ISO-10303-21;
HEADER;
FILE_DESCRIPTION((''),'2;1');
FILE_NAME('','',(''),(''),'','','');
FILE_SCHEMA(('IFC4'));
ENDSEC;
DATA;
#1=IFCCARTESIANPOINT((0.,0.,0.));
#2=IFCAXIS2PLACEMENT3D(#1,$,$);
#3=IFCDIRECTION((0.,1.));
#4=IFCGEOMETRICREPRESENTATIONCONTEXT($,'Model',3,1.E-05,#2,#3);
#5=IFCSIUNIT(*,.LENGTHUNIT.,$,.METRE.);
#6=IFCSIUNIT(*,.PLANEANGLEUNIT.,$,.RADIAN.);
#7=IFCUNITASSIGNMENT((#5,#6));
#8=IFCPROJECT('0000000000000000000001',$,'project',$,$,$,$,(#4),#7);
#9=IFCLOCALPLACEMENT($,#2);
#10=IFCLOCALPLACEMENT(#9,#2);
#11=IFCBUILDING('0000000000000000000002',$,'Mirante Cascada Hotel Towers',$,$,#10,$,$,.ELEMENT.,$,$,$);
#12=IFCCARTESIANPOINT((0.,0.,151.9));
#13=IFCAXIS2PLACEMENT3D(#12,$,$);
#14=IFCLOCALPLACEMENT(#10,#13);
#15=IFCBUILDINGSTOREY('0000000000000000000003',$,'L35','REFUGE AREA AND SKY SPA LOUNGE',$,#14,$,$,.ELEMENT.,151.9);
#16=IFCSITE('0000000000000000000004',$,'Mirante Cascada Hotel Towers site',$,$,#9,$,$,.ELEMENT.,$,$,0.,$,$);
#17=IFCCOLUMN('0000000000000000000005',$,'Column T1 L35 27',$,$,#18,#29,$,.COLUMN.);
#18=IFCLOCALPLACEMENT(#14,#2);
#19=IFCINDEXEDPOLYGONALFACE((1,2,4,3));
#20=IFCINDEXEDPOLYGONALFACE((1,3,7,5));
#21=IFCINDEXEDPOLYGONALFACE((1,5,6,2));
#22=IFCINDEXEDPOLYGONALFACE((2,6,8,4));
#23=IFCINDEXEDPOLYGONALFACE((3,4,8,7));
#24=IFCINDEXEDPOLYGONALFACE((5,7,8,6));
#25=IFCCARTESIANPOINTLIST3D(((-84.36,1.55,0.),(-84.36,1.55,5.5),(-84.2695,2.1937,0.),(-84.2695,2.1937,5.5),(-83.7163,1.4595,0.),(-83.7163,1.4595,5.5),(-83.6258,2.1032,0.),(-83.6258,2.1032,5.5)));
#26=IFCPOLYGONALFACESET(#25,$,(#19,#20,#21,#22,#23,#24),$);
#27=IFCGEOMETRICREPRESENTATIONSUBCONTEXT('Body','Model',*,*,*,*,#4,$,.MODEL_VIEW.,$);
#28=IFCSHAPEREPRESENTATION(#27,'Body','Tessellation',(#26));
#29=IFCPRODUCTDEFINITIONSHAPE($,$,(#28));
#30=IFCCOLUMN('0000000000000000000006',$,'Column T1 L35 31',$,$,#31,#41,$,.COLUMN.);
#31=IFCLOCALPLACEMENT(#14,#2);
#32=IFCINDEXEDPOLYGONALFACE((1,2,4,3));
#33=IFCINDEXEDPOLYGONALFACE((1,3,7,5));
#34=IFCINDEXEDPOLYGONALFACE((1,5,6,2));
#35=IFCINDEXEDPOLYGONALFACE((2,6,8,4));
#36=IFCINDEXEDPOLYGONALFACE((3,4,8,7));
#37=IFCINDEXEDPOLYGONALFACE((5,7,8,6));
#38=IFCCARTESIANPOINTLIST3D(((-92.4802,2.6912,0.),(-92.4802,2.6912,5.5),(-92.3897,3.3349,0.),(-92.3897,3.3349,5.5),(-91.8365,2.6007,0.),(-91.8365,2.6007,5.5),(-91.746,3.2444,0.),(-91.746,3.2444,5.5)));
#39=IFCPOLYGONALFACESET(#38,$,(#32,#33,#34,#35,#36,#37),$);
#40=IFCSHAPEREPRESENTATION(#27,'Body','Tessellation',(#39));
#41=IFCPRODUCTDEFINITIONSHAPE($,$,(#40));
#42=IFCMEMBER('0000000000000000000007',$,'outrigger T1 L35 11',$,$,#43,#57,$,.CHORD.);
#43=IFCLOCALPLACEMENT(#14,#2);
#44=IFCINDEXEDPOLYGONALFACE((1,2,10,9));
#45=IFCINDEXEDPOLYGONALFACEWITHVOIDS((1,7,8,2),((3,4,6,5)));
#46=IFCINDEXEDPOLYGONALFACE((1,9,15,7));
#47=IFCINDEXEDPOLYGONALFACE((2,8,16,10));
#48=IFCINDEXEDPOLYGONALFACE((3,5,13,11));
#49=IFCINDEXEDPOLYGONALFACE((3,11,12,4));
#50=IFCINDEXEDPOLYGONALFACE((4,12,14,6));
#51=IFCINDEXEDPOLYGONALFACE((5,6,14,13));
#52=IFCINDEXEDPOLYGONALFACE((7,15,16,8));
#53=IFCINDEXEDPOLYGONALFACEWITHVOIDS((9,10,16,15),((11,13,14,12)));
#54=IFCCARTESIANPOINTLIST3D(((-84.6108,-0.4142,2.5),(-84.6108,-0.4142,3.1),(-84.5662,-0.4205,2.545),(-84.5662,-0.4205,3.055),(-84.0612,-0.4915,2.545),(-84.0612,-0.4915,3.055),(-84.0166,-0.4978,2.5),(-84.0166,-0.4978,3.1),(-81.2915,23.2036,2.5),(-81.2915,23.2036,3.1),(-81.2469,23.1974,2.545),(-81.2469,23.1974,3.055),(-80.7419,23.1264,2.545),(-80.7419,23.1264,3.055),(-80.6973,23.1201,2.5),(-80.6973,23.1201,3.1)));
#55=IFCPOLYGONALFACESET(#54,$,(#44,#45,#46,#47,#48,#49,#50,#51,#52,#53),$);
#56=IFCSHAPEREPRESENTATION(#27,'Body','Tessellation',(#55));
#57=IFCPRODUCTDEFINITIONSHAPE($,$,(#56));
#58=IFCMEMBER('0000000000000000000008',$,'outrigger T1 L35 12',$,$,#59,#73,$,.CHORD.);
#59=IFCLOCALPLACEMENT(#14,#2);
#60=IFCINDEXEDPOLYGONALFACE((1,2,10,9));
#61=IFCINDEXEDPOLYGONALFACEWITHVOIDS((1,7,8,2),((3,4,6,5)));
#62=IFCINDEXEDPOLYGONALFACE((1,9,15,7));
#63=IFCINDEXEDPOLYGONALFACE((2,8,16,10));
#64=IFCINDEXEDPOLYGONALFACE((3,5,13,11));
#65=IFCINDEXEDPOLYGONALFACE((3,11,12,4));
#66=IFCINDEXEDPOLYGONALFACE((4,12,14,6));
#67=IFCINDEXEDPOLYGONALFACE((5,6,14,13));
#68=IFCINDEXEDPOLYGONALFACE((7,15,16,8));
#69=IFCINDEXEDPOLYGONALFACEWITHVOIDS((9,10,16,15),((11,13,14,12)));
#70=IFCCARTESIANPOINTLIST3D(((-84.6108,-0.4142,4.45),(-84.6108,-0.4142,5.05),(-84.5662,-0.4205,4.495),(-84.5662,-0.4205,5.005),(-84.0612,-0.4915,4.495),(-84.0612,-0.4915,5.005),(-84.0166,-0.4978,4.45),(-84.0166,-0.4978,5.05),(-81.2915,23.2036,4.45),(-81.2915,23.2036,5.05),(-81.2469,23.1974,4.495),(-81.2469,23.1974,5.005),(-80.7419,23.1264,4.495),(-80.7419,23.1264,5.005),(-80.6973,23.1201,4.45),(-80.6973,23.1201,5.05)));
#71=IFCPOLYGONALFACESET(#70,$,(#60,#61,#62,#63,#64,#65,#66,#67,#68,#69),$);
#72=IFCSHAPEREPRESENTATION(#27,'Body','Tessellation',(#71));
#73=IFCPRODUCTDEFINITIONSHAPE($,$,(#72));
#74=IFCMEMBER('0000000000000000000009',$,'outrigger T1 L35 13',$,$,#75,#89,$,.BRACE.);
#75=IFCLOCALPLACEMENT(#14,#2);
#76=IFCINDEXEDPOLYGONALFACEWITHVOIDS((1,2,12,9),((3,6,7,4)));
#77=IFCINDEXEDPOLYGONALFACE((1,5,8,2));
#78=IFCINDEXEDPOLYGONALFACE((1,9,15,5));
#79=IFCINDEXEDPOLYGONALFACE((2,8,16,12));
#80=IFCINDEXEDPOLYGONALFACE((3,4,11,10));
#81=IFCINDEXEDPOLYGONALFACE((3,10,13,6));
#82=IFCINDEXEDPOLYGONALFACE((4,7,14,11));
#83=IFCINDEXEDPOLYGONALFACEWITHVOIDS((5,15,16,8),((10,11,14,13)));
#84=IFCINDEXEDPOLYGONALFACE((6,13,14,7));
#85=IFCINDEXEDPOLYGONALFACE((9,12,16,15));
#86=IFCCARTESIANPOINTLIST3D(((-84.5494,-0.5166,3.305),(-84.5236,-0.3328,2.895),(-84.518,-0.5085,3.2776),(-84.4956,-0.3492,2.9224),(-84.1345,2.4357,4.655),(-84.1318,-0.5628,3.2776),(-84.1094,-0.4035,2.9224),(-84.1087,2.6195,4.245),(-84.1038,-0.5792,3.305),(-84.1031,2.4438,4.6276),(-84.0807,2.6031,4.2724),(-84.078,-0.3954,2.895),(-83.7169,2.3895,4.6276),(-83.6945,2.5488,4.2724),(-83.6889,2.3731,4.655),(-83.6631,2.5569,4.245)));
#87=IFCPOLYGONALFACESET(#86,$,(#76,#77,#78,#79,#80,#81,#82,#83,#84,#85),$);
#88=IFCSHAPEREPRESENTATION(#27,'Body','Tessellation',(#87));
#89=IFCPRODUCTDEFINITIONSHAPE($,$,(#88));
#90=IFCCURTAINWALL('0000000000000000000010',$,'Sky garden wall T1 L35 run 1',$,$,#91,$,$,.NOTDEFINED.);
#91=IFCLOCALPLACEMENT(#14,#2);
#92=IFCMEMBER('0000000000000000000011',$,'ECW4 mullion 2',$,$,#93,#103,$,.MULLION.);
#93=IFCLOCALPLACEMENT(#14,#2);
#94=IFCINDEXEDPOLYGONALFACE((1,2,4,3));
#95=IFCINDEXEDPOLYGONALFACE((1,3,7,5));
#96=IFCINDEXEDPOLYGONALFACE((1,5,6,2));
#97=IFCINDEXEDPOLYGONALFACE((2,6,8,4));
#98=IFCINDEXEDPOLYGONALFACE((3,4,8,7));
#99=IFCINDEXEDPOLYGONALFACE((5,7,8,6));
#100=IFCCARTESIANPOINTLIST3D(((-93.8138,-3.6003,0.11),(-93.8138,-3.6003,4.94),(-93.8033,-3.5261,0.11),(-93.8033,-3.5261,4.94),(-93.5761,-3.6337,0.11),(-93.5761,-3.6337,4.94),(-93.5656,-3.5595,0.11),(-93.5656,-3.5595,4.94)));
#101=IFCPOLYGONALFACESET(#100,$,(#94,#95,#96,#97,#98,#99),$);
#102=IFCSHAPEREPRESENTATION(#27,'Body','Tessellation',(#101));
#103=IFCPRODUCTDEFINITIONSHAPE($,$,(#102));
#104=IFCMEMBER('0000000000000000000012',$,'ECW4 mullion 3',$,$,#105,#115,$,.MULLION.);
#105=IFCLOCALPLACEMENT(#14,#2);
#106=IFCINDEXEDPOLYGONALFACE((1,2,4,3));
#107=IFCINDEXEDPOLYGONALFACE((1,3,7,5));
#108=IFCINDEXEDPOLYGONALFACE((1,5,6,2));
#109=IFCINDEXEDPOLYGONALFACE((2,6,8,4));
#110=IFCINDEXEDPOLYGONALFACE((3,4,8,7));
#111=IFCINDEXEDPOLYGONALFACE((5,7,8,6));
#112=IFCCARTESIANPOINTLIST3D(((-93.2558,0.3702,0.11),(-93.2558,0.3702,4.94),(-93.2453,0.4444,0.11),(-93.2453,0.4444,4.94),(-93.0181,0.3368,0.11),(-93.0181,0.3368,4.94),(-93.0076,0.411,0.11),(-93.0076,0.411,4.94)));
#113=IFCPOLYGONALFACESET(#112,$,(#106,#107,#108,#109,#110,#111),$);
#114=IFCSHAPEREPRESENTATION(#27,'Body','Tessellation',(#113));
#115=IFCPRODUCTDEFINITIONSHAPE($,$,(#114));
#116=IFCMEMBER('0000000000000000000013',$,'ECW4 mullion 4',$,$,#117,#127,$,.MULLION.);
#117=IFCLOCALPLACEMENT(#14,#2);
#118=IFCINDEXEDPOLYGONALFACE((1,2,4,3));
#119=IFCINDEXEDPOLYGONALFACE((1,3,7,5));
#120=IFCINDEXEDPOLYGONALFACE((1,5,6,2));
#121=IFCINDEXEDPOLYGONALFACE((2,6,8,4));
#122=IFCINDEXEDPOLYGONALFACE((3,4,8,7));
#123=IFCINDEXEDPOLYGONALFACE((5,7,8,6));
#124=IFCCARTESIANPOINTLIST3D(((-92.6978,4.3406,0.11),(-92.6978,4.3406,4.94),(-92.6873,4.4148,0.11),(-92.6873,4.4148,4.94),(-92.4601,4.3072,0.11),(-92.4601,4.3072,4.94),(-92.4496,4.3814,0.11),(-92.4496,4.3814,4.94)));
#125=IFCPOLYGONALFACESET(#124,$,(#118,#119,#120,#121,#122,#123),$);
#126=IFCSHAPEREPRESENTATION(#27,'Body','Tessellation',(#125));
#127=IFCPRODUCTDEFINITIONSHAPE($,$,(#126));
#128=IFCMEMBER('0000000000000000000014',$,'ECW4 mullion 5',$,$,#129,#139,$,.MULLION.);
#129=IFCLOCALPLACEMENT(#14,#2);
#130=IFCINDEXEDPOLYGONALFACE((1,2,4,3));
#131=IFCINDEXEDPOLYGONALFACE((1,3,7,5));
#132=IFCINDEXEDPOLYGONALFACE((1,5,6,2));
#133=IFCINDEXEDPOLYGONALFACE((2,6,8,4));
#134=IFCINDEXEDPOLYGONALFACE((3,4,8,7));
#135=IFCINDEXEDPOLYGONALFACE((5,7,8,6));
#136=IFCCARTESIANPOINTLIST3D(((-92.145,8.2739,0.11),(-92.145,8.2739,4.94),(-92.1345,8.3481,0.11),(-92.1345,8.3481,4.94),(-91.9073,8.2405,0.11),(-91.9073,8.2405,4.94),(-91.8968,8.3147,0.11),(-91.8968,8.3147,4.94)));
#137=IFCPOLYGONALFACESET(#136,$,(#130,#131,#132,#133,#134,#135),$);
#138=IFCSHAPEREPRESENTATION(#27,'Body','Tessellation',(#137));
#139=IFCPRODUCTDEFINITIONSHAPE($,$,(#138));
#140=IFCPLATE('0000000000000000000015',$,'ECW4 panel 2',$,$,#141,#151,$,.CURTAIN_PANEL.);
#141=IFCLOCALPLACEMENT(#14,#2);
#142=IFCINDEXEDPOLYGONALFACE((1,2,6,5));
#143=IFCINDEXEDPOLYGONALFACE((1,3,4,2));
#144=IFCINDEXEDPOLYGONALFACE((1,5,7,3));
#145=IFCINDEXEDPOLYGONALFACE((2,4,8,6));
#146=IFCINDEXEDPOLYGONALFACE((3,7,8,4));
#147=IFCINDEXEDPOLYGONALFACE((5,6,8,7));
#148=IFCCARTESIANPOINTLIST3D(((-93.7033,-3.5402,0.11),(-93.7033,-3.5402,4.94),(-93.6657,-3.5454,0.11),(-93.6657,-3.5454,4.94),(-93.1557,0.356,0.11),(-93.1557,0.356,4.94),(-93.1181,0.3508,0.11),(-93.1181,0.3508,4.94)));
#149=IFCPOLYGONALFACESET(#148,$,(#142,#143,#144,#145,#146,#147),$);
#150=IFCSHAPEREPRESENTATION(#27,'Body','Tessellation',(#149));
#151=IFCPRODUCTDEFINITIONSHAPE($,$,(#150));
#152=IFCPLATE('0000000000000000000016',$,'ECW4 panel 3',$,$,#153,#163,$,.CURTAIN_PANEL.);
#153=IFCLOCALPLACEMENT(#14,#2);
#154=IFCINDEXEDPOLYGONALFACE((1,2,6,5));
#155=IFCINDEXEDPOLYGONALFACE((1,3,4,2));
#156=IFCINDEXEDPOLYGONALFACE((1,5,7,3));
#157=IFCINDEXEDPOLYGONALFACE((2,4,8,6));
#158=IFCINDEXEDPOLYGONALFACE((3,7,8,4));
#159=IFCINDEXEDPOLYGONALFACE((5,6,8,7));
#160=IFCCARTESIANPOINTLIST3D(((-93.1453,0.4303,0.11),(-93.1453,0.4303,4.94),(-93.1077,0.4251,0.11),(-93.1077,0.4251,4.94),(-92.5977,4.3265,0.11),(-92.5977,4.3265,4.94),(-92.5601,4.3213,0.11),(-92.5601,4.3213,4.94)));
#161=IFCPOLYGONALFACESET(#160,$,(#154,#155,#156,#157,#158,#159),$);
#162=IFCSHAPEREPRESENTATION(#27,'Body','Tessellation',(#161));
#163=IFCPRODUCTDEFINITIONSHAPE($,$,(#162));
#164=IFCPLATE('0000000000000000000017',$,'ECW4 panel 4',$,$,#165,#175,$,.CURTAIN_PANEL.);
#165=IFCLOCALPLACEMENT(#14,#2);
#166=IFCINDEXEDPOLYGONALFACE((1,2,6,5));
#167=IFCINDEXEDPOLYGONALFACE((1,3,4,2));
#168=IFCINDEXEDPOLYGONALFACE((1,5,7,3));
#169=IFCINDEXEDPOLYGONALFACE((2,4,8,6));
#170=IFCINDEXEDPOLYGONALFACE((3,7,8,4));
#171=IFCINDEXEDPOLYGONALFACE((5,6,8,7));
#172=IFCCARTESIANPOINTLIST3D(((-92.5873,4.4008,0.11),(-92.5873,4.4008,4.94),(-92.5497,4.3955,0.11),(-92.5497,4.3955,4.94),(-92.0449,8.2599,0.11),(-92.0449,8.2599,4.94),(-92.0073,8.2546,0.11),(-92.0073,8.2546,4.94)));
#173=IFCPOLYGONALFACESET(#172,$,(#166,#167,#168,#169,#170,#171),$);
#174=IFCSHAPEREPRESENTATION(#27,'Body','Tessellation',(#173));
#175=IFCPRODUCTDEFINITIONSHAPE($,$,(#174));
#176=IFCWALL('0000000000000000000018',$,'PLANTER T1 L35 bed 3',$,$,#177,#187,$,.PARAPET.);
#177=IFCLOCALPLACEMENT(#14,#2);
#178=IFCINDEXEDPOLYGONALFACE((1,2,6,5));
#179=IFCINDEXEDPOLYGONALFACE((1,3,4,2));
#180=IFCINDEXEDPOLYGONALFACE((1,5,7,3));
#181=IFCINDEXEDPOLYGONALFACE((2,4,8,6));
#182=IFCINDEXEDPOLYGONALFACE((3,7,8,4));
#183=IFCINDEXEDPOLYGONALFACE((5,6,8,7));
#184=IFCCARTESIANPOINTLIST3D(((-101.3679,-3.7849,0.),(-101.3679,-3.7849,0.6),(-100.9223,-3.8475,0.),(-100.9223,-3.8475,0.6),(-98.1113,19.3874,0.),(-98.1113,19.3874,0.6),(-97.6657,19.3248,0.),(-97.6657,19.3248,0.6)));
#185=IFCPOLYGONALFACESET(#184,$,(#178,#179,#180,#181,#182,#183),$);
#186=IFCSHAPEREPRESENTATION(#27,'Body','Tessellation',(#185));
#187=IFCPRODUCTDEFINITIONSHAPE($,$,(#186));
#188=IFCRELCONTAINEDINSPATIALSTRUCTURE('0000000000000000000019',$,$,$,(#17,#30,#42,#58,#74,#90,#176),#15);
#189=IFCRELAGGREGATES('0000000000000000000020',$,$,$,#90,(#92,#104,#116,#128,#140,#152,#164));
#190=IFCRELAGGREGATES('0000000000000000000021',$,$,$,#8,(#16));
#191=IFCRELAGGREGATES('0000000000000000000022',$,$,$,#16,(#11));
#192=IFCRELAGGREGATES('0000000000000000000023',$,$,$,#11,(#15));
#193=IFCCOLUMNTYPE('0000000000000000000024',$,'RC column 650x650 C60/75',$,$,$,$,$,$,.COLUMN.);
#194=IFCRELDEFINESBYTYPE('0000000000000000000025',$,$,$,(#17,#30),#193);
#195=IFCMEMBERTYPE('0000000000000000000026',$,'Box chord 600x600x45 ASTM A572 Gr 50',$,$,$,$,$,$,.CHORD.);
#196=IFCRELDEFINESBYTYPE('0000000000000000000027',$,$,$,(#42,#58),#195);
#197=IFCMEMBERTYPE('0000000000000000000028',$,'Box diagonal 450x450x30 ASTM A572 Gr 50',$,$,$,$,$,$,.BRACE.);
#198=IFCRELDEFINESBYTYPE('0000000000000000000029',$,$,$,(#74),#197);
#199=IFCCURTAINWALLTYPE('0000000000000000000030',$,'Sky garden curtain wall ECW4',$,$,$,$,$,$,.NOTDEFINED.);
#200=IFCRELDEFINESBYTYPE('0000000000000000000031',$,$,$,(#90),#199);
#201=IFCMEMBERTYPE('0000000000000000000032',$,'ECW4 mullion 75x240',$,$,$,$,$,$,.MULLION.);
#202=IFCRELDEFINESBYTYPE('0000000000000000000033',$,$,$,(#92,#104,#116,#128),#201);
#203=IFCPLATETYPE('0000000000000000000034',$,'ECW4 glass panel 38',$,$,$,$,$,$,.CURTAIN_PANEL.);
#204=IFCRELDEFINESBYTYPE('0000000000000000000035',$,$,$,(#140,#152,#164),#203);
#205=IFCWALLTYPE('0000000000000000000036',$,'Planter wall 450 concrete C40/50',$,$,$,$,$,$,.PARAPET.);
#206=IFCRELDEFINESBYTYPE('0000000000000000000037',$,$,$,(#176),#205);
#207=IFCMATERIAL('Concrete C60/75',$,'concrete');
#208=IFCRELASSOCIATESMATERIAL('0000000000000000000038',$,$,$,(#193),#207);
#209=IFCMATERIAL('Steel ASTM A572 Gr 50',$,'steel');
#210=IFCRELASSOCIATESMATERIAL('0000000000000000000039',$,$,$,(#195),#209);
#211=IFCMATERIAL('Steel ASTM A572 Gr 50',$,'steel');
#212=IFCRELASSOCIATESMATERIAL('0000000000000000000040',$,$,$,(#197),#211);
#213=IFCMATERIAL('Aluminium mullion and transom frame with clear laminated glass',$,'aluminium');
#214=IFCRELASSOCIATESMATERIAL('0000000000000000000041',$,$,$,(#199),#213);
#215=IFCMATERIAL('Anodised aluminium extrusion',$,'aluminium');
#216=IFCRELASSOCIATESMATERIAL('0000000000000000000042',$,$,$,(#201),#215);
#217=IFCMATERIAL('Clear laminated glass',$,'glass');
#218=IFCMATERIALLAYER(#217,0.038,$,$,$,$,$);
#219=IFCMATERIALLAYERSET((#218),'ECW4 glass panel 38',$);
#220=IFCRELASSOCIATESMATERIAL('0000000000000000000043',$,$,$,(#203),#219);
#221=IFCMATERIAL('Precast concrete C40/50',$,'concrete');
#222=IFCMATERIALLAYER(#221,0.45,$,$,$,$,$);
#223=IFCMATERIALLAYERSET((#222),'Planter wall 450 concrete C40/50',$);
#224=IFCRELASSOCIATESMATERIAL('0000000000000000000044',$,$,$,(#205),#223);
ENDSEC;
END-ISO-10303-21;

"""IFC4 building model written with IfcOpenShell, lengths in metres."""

from ifc_helpers import new_model, si_unit, direction, frame, frame_2d, origin, origin_2d, place, context, subcontext, project, spatial, rectangle, hollow_rectangle, extrude, material, layer, layer_set, material_profile, profile_set, type_object, element, aggregate, save


model = new_model("IFC4")

# Units and contexts
model_context = context("Model", 3, precision=1e-05, world=origin(), true_north=direction((0.0, 1.0)))
body_context = subcontext(model_context, "Body", "Model", "MODEL_VIEW")
ifc_project = project(units=[si_unit("LENGTHUNIT", "METRE"), si_unit("PLANEANGLEUNIT", "RADIAN")], contexts=[model_context])

# Site, building, storey
site_placement = place(None, origin())
site = spatial("IfcSite", under=ifc_project, at=site_placement, Name="Mirante Cascada Hotel Towers site", CompositionType="ELEMENT", RefElevation=0.0)
building_placement = place(site_placement, origin())
building = spatial("IfcBuilding", under=site, at=building_placement, Name="Mirante Cascada Hotel Towers", CompositionType="ELEMENT")
storey_placement = place(building_placement, frame((0.0, 0.0, 151.9)))
storey = spatial("IfcBuildingStorey", under=building, at=storey_placement, Name="L35", Description="REFUGE AREA AND SKY SPA LOUNGE", CompositionType="ELEMENT", Elevation=151.9)

# Columns
ifc_material_1 = material(Name="Concrete C60/75", Category="concrete")
ifc_material_profile_1 = material_profile(ifc_material_1, rectangle(XDim=0.65, YDim=0.65, at=origin_2d()), Name="RC column 650x650 C60/75")
ifc_profile_set_1 = profile_set([ifc_material_profile_1], Name="Concrete C60/75")
column_type = type_object("IfcColumnType", Name="RC column 650x650 C60/75", PredefinedType="COLUMN", material=ifc_profile_set_1)
for number, where, z_axis, x_axis, name in (
    (1, (-83.9929, 1.8266, 0.0), (0.0, 0.0, 1.0), (-0.990268, 0.139173, 0.0), "Column T1 L35 27"),
    (2, (-92.1131, 2.9678, 0.0), (0.0, 0.0, 1.0), (-0.990268, 0.139173, 0.0), "Column T1 L35 31"),
):
    element("IfcColumn", number, at=place(storey_placement, frame(where, z_axis=z_axis, x_axis=x_axis)), inside=storey, type_object=column_type, Name=name, PredefinedType="COLUMN", context=body_context, shape_type="SweptSolid", body=[
        extrude(rectangle(XDim=0.65, YDim=0.65, at=origin_2d()), origin(), (0.0, 0.0, 1.0), 5.5),
    ])

# Members
ifc_material_2 = material(Name="Steel ASTM A572 Gr 50", Category="steel")
ifc_material_profile_2 = material_profile(ifc_material_2, hollow_rectangle(XDim=0.6, YDim=0.6, WallThickness=0.045, at=origin_2d()), Name="Box chord 600x600x45 ASTM A572 Gr 50")
ifc_profile_set_2 = profile_set([ifc_material_profile_2], Name="Steel ASTM A572 Gr 50")
member_type_1 = type_object("IfcMemberType", Name="Box chord 600x600x45 ASTM A572 Gr 50", PredefinedType="CHORD", material=ifc_profile_set_2)
for number, where, z_axis, x_axis, name in (
    (3, (-84.3137, -0.456, 2.8), (0.139174, 0.990268, 0.0), (-0.990268, 0.139174, 0.0), "outrigger T1 L35 11"),
    (4, (-84.3137, -0.456, 4.75), (0.139174, 0.990268, 0.0), (-0.990268, 0.139174, 0.0), "outrigger T1 L35 12"),
):
    element("IfcMember", number, at=place(storey_placement, frame(where, z_axis=z_axis, x_axis=x_axis)), inside=storey, type_object=member_type_1, Name=name, PredefinedType="CHORD", context=body_context, shape_type="SweptSolid", body=[
        extrude(hollow_rectangle(XDim=0.6, YDim=0.6, WallThickness=0.045, at=origin_2d()), origin(), (0.0, 0.0, 1.0), 23.85),
    ])
ifc_material_3 = material(Name="Steel ASTM A572 Gr 50", Category="steel")
ifc_material_profile_3 = material_profile(ifc_material_3, hollow_rectangle(XDim=0.45, YDim=0.45, WallThickness=0.03, at=origin_2d()), Name="Box diagonal 450x450x30 ASTM A572 Gr 50")
ifc_profile_set_3 = profile_set([ifc_material_profile_3], Name="Steel ASTM A572 Gr 50")
member_type_2 = type_object("IfcMemberType", Name="Box diagonal 450x450x30 ASTM A572 Gr 50", PredefinedType="BRACE", material=ifc_profile_set_3)
member_1_placement = place(storey_placement, frame((-84.3137, -0.456, 3.1), z_axis=(0.126775, 0.902093, 0.4125), x_axis=(-0.990269, 0.139167, 0.0)))
element("IfcMember", 5, at=member_1_placement, inside=storey, type_object=member_type_2, Name="outrigger T1 L35 13", PredefinedType="BRACE", context=body_context, shape_type="SweptSolid", body=[
    extrude(hollow_rectangle(XDim=0.45, YDim=0.45, WallThickness=0.03, at=origin_2d()), origin(), (0.0, 0.0, 1.0), 3.2727),
])

# Curtain wall, members, plates
ifc_material_4 = material(Name="Aluminium mullion and transom frame with clear laminated glass", Category="aluminium")
curtain_wall_type = type_object("IfcCurtainWallType", Name="Sky garden curtain wall ECW4", PredefinedType="NOTDEFINED", material=ifc_material_4)
curtain_wall_placement = place(storey_placement, origin())
curtain_wall = element("IfcCurtainWall", 6, at=curtain_wall_placement, inside=storey, type_object=curtain_wall_type, Name="Sky garden wall T1 L35 run 1", PredefinedType="NOTDEFINED")
ifc_material_5 = material(Name="Anodised aluminium extrusion", Category="aluminium")
ifc_material_profile_4 = material_profile(ifc_material_5, rectangle(XDim=0.24, YDim=0.075, at=origin_2d()), Name="ECW4 MULLION 75x240")
ifc_profile_set_4 = profile_set([ifc_material_profile_4], Name="Anodised aluminium extrusion")
member_type_3 = type_object("IfcMemberType", Name="ECW4 mullion 75x240", PredefinedType="MULLION", material=ifc_profile_set_4)
member_2_placement = place(storey_placement, frame((-93.6897, -3.5799, 0.11), z_axis=(0.0, 0.0, 1.0), x_axis=(-0.990268, 0.139173, 0.0)))
member_2 = element("IfcMember", 7, at=member_2_placement, type_object=member_type_3, Name="ECW4 mullion 2", PredefinedType="MULLION", context=body_context, shape_type="SweptSolid", body=[
    extrude(rectangle(XDim=0.24, YDim=0.075, at=origin_2d()), origin(), (0.0, 0.0, 1.0), 4.83),
])
member_3_placement = place(storey_placement, frame((-93.1317, 0.3906, 0.11), z_axis=(0.0, 0.0, 1.0), x_axis=(-0.990268, 0.139173, 0.0)))
member_3 = element("IfcMember", 8, at=member_3_placement, type_object=member_type_3, Name="ECW4 mullion 3", PredefinedType="MULLION", context=body_context, shape_type="SweptSolid", body=[
    extrude(rectangle(XDim=0.24, YDim=0.075, at=origin_2d()), origin(), (0.0, 0.0, 1.0), 4.83),
])
member_4_placement = place(storey_placement, frame((-92.5737, 4.361, 0.11), z_axis=(0.0, 0.0, 1.0), x_axis=(-0.990268, 0.139173, 0.0)))
member_4 = element("IfcMember", 9, at=member_4_placement, type_object=member_type_3, Name="ECW4 mullion 4", PredefinedType="MULLION", context=body_context, shape_type="SweptSolid", body=[
    extrude(rectangle(XDim=0.24, YDim=0.075, at=origin_2d()), origin(), (0.0, 0.0, 1.0), 4.83),
])
member_5_placement = place(storey_placement, frame((-92.0209, 8.2943, 0.11), z_axis=(0.0, 0.0, 1.0), x_axis=(-0.990268, 0.139173, 0.0)))
member_5 = element("IfcMember", 10, at=member_5_placement, type_object=member_type_3, Name="ECW4 mullion 5", PredefinedType="MULLION", context=body_context, shape_type="SweptSolid", body=[
    extrude(rectangle(XDim=0.24, YDim=0.075, at=origin_2d()), origin(), (0.0, 0.0, 1.0), 4.83),
])
ifc_material_6 = material(Name="Clear laminated glass", Category="glass")
ifc_layer_1 = layer(ifc_material_6, 0.038)
ifc_layer_set_1 = layer_set([ifc_layer_1], Name="ECW4 glass panel 38")
plate_type = type_object("IfcPlateType", Name="ECW4 glass panel 38", PredefinedType="CURTAIN_PANEL", material=ifc_layer_set_1)
plate_1_placement = place(storey_placement, frame((-93.4107, -1.5947, 0.11), z_axis=(0.0, 0.0, 1.0), x_axis=(0.139173, 0.990268, 0.0)))
plate_1 = element("IfcPlate", 11, at=plate_1_placement, type_object=plate_type, Name="ECW4 panel 2", PredefinedType="CURTAIN_PANEL", context=body_context, shape_type="SweptSolid", body=[
    extrude(rectangle(XDim=3.9345, YDim=0.038, at=origin_2d()), origin(), (0.0, 0.0, 1.0), 4.83),
])
plate_2_placement = place(storey_placement, frame((-92.8527, 2.3758, 0.11), z_axis=(0.0, 0.0, 1.0), x_axis=(0.139173, 0.990268, 0.0)))
plate_2 = element("IfcPlate", 12, at=plate_2_placement, type_object=plate_type, Name="ECW4 panel 3", PredefinedType="CURTAIN_PANEL", context=body_context, shape_type="SweptSolid", body=[
    extrude(rectangle(XDim=3.9345, YDim=0.038, at=origin_2d()), origin(), (0.0, 0.0, 1.0), 4.83),
])
plate_3_placement = place(storey_placement, frame((-92.2973, 6.3277, 0.11), z_axis=(0.0, 0.0, 1.0), x_axis=(0.139173, 0.990268, 0.0)))
plate_3 = element("IfcPlate", 13, at=plate_3_placement, type_object=plate_type, Name="ECW4 panel 4", PredefinedType="CURTAIN_PANEL", context=body_context, shape_type="SweptSolid", body=[
    extrude(rectangle(XDim=3.897, YDim=0.038, at=origin_2d()), origin(), (0.0, 0.0, 1.0), 4.83),
])
aggregate(curtain_wall, [member_2, member_3, member_4, member_5, plate_1, plate_2, plate_3])

# Wall
ifc_material_7 = material(Name="Precast concrete C40/50", Category="concrete")
ifc_layer_2 = layer(ifc_material_7, 0.45)
ifc_layer_set_2 = layer_set([ifc_layer_2], Name="Planter wall 450 concrete C40/50")
wall_type_1 = type_object("IfcWallType", Name="Planter wall 450 concrete C40/50", PredefinedType="PARAPET", material=ifc_layer_set_2)
wall_1_placement = place(storey_placement, frame((-101.1451, -3.8162, 0.0), z_axis=(0.0, 0.0, 1.0), x_axis=(0.139171, 0.990268, 0.0)))
element("IfcWall", 14, at=wall_1_placement, inside=storey, type_object=wall_type_1, Name="PLANTER T1 L35 bed 3", PredefinedType="PARAPET", context=body_context, shape_type="SweptSolid", body=[
    extrude(rectangle(XDim=23.4, YDim=0.45, at=frame_2d((11.7, 0.0))), origin(), (0.0, 0.0, 1.0), 0.6),
])

save(model, "model.ifc")
